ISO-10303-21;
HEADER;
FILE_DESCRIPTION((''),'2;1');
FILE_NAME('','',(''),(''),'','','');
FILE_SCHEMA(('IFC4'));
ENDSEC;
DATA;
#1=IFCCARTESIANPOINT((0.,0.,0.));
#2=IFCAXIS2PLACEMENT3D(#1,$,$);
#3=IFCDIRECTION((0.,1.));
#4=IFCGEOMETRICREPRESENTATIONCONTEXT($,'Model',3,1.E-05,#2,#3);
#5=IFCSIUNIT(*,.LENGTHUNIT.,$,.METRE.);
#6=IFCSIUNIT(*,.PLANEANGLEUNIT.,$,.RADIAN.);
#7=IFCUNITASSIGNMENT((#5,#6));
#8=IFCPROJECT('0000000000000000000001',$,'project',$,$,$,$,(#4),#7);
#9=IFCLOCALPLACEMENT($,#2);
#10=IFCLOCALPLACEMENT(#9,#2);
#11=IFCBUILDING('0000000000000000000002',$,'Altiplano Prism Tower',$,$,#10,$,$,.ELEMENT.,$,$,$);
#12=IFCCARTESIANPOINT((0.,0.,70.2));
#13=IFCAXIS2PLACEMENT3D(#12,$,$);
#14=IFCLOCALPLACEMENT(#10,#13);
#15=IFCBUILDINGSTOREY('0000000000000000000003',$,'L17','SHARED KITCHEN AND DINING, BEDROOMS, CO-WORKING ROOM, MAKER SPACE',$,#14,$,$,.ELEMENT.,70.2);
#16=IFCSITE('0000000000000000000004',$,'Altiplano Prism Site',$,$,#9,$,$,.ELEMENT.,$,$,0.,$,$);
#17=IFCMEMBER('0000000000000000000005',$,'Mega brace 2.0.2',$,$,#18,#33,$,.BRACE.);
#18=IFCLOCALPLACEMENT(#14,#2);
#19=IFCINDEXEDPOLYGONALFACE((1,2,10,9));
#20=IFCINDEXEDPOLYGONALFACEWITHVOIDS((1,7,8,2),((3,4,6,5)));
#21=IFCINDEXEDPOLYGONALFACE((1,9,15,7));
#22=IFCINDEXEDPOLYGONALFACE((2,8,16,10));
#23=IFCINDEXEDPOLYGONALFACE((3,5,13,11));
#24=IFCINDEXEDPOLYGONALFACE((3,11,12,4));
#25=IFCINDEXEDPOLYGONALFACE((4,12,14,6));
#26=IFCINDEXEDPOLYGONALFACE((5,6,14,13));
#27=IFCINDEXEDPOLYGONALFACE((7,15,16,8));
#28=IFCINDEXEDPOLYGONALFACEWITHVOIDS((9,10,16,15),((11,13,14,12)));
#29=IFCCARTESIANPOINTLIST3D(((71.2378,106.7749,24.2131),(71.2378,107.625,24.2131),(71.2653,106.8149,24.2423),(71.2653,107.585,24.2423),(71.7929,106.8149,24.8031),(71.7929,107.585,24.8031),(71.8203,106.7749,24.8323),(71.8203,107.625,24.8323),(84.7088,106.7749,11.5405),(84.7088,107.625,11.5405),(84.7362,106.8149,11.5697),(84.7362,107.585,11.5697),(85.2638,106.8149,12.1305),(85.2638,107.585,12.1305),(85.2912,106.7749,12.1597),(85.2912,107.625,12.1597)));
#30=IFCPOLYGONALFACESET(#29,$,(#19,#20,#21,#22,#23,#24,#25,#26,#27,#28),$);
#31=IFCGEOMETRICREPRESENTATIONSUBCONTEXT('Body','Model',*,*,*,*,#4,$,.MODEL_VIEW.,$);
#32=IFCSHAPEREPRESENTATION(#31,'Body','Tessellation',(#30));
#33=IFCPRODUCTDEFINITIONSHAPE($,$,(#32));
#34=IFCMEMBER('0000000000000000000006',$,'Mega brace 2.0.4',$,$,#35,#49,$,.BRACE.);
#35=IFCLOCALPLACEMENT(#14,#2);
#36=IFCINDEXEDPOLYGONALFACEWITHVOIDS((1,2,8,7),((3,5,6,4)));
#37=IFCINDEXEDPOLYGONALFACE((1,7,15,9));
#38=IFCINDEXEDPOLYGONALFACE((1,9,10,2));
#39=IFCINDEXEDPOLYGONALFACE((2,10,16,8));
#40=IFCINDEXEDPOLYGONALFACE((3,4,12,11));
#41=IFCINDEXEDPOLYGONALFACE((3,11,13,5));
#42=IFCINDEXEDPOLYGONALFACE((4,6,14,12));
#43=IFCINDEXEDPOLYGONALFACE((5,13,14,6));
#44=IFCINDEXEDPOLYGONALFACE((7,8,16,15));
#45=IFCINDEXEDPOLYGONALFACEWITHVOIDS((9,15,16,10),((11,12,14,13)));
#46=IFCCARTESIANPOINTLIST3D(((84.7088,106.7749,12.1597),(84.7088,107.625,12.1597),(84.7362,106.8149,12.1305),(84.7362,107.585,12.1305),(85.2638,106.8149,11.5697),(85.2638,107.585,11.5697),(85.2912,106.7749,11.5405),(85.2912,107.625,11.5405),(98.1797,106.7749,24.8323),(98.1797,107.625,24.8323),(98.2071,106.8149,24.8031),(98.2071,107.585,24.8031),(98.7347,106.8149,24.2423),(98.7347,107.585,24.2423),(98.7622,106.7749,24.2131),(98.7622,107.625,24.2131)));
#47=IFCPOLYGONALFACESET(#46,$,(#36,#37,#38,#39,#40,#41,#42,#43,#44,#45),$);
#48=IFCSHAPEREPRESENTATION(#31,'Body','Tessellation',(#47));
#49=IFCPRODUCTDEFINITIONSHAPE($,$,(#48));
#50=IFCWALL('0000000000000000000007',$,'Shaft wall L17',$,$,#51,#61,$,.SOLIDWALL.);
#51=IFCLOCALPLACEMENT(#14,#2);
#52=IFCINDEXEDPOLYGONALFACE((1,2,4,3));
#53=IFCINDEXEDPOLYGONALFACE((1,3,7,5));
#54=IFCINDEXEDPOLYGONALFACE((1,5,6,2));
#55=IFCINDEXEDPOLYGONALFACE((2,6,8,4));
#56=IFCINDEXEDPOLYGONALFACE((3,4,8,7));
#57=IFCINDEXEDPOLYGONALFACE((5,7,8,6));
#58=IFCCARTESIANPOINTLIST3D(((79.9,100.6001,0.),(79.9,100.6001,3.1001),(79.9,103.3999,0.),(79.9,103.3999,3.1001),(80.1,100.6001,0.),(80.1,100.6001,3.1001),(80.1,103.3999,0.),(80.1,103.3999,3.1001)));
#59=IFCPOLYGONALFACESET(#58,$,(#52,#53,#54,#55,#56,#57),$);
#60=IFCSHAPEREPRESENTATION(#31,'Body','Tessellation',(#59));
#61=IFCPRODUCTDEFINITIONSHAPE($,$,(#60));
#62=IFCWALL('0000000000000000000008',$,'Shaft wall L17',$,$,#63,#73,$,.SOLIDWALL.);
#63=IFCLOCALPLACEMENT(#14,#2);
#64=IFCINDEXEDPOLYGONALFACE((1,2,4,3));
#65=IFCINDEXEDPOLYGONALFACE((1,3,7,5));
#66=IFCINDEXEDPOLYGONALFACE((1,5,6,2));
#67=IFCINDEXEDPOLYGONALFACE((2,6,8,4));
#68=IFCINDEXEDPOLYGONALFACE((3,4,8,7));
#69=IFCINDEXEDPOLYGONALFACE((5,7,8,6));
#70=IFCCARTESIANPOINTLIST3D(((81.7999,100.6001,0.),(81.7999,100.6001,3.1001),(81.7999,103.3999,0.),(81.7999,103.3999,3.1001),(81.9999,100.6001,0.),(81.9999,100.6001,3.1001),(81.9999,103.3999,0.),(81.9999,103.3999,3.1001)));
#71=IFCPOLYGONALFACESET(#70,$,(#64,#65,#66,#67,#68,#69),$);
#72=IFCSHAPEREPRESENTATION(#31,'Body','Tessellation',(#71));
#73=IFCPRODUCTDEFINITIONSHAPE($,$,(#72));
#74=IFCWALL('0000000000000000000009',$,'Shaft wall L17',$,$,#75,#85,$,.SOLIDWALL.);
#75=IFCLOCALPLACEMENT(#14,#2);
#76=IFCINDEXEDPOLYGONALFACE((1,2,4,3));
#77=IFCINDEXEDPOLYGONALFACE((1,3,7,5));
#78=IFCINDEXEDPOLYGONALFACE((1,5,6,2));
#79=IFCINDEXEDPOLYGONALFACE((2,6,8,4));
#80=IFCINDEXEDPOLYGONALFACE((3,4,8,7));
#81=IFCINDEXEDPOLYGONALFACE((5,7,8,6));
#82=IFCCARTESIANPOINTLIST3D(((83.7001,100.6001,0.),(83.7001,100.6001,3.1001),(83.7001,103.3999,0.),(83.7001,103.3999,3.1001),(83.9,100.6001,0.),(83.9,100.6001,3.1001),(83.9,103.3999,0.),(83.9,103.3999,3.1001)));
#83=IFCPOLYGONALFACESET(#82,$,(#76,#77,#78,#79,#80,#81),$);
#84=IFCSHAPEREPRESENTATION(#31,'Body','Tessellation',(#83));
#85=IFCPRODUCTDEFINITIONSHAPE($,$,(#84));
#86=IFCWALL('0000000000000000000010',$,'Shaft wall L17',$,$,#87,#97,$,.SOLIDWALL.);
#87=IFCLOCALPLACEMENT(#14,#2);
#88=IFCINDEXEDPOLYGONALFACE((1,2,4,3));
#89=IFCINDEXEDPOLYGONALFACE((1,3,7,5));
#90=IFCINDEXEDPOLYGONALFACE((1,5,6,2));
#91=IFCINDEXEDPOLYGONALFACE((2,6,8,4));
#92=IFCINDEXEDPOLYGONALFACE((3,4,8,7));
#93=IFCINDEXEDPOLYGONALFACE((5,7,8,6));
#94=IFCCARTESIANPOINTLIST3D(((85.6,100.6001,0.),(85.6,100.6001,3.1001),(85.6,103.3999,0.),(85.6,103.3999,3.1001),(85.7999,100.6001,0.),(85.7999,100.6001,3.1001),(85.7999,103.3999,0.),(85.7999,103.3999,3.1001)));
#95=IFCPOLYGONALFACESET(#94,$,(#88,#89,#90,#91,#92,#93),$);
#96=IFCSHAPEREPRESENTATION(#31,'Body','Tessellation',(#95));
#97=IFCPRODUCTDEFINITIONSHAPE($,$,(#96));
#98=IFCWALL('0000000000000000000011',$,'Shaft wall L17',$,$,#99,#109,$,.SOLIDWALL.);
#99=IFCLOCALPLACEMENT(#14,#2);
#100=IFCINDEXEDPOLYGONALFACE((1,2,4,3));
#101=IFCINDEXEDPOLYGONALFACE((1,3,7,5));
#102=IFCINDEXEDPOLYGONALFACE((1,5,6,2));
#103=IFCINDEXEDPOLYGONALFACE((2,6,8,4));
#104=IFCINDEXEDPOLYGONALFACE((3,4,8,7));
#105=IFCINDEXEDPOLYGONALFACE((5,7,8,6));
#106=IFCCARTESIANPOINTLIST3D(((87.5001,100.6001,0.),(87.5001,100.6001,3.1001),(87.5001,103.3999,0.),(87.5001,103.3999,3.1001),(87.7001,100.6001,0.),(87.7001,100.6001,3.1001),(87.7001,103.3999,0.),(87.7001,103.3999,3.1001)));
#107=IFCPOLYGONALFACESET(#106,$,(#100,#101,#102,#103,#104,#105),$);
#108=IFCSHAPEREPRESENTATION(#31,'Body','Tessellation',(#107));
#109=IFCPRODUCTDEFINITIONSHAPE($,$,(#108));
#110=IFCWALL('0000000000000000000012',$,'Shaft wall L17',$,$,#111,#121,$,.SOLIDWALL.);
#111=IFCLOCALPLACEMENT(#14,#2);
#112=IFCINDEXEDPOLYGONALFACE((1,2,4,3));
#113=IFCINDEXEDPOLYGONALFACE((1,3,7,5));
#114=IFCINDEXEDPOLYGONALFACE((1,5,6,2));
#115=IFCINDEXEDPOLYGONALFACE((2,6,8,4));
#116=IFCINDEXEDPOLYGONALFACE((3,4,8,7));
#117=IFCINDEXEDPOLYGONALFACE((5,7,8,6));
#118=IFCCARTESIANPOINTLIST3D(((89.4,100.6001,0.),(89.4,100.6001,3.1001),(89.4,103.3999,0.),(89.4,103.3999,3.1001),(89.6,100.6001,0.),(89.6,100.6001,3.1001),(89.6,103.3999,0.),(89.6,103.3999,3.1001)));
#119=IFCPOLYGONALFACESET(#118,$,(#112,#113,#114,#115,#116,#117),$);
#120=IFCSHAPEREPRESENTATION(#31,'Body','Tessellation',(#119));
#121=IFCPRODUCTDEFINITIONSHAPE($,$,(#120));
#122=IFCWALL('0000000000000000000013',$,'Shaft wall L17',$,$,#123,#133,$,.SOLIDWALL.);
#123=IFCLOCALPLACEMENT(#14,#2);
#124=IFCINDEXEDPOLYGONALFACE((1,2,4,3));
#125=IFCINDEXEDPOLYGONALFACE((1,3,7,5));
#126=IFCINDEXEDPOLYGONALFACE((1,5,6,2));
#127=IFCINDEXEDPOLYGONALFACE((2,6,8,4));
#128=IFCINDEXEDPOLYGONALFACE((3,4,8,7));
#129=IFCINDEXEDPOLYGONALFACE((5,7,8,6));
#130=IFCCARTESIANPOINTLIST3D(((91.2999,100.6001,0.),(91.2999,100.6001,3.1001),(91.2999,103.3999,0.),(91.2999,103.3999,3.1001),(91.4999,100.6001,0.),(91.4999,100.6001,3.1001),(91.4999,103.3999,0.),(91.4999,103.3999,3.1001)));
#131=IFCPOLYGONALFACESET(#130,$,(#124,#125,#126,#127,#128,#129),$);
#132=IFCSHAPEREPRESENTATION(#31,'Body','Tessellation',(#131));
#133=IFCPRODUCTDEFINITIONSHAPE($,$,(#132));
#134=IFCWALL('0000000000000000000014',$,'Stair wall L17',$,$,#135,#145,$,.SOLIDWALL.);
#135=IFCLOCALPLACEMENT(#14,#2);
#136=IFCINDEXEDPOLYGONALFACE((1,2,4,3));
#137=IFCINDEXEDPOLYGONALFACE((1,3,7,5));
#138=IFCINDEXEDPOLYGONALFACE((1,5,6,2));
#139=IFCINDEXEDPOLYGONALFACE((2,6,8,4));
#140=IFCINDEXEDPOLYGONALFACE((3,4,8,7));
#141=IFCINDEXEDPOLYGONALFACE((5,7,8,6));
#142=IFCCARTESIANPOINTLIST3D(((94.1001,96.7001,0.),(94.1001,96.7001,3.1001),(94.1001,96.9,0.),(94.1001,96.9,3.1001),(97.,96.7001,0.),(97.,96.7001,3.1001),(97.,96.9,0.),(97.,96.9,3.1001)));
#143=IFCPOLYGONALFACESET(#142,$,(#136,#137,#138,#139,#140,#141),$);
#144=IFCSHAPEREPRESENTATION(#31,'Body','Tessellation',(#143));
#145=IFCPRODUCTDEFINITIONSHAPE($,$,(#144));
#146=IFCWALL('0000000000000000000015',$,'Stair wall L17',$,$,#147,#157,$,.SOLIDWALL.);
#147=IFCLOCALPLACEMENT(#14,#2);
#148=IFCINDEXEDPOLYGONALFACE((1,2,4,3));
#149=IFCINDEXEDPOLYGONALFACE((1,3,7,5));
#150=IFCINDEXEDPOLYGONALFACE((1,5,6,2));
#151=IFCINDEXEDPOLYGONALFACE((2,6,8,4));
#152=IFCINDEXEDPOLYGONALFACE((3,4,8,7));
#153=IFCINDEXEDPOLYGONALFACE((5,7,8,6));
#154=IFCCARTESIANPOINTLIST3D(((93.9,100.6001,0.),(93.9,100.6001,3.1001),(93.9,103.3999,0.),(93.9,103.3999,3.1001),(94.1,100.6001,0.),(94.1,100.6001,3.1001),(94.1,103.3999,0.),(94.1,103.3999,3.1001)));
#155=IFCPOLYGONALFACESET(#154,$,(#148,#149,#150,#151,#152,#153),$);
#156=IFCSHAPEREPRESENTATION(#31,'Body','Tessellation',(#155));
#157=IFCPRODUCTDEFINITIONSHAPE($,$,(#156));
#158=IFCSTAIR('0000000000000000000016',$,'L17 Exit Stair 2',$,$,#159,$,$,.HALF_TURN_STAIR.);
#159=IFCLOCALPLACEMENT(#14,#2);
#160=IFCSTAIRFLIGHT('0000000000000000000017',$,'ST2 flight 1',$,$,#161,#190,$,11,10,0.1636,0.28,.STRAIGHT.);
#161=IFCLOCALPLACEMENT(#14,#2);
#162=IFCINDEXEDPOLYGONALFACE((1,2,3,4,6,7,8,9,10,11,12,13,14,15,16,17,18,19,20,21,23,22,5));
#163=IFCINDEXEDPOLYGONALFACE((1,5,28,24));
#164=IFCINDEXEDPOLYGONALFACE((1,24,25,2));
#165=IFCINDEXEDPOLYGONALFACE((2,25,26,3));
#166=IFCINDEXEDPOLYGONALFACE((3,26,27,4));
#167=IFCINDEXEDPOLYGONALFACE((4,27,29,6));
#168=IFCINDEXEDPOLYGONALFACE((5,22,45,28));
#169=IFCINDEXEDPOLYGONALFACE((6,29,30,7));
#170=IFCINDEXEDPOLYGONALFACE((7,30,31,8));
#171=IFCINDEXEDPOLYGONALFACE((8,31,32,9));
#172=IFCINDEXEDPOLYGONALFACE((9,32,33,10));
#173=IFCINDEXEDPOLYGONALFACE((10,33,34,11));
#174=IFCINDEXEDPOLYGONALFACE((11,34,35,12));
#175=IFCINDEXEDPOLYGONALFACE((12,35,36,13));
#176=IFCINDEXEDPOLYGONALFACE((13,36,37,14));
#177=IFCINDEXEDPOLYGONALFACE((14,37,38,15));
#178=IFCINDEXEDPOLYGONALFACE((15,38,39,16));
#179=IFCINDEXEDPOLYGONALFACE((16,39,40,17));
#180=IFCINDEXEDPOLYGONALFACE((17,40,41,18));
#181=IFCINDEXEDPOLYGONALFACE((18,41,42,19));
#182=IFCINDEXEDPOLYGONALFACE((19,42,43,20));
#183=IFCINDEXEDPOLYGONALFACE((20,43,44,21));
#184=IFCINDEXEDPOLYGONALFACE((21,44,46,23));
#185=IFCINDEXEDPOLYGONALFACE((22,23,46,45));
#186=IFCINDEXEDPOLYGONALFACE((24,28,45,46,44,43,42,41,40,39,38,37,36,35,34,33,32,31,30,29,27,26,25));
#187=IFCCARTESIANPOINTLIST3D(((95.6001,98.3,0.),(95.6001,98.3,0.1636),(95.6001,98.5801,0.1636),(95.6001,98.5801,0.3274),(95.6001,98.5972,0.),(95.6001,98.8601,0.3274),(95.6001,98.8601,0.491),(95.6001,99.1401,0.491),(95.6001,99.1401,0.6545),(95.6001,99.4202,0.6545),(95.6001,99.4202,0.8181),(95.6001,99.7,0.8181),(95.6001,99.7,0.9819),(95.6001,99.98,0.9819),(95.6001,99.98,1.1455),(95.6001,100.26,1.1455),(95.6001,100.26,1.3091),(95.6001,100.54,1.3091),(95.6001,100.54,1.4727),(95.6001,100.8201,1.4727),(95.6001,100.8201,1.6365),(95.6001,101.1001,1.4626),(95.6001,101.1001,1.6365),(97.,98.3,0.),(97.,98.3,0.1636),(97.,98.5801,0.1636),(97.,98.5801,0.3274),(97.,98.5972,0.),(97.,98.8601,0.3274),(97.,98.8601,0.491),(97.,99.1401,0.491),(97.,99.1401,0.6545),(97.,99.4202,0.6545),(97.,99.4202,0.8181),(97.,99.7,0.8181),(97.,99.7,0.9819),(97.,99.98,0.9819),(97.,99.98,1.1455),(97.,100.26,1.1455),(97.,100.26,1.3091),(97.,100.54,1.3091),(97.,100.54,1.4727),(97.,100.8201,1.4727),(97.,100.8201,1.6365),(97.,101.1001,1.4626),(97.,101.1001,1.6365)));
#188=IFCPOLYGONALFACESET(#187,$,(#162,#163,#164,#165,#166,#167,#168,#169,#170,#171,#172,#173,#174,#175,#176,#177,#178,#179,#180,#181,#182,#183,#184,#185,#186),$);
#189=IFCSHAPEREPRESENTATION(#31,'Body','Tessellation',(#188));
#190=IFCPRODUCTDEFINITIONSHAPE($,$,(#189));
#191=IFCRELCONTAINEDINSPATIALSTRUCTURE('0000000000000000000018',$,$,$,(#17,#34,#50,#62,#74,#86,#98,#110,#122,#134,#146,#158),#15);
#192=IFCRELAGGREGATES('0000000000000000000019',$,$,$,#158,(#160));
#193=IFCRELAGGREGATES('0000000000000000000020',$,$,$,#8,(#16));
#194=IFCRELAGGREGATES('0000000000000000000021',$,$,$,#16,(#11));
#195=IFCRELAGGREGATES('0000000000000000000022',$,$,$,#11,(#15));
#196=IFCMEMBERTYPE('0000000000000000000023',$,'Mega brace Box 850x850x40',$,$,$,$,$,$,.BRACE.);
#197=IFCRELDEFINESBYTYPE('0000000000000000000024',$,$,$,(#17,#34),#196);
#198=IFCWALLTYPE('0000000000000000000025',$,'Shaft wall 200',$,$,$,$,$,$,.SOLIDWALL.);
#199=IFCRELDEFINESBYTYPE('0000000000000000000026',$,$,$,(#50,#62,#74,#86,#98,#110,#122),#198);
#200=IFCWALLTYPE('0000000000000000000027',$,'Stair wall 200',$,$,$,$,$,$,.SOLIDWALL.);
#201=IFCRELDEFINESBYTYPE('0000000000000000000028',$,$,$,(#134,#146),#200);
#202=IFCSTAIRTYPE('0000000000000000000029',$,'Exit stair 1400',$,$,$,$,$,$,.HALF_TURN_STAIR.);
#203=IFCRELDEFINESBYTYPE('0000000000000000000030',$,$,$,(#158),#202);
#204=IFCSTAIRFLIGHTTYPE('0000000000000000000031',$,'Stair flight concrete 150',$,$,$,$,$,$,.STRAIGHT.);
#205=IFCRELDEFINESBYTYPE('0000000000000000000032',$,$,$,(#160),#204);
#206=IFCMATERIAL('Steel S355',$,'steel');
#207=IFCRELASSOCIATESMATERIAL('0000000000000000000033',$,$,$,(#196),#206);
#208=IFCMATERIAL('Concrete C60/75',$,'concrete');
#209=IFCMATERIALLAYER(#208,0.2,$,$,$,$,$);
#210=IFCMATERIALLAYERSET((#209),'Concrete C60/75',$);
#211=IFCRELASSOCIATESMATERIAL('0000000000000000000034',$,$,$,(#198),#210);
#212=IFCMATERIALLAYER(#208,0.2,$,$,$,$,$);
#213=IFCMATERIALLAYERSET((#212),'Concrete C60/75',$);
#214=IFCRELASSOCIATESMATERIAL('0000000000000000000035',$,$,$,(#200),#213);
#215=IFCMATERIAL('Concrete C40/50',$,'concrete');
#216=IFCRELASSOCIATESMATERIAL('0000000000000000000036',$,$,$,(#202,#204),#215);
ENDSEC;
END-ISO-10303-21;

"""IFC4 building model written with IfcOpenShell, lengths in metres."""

from ifc_helpers import new_model, si_unit, direction, frame, frame_2d, origin, origin_2d, place, context, subcontext, project, spatial, polyline, rectangle, hollow_rectangle, outline, extrude, material, layer, layer_set, material_profile, profile_set, type_object, element, aggregate, save


model = new_model("IFC4")

# Units and contexts
model_context = context("Model", 3, precision=1e-05, world=origin(), true_north=direction((0.0, 1.0)))
body_context = subcontext(model_context, "Body", "Model", "MODEL_VIEW")
ifc_project = project(units=[si_unit("LENGTHUNIT", "METRE"), si_unit("PLANEANGLEUNIT", "RADIAN")], contexts=[model_context])

# Site, building, storey
site_placement = place(None, origin())
site = spatial("IfcSite", under=ifc_project, at=site_placement, Name="Altiplano Prism Site", CompositionType="ELEMENT", RefElevation=0.0)
building_placement = place(site_placement, origin())
building = spatial("IfcBuilding", under=site, at=building_placement, Name="Altiplano Prism Tower", CompositionType="ELEMENT")
storey_placement = place(building_placement, frame((0.0, 0.0, 70.2)))
storey = spatial("IfcBuildingStorey", under=building, at=storey_placement, Name="L17", Description="SHARED KITCHEN AND DINING, BEDROOMS, CO-WORKING ROOM, MAKER SPACE", CompositionType="ELEMENT", Elevation=70.2)

# Members
ifc_material_1 = material(Name="Steel S355", Category="steel")
ifc_material_profile = material_profile(ifc_material_1, hollow_rectangle(XDim=0.8501, YDim=0.8501, WallThickness=0.04, at=origin_2d()), Name="Mega brace Box 850x850x40")
ifc_profile_set = profile_set([ifc_material_profile], Name="Steel S355")
member_type = type_object("IfcMemberType", Name="Mega brace Box 850x850x40", PredefinedType="BRACE", material=ifc_profile_set)
for number, where, z_axis, x_axis, name in (
    (1, (85.0, 107.2, 11.8501), (-0.72836, 0.0, 0.685195), (0.0, -1.0, 0.0), "Mega brace 2.0.2"),
    (2, (85.0, 107.2, 11.8501), (0.72836, 0.0, 0.685195), (0.0, 1.0, 0.0), "Mega brace 2.0.4"),
):
    element("IfcMember", number, at=place(storey_placement, frame(where, z_axis=z_axis, x_axis=x_axis)), inside=storey, type_object=member_type, Name=name, PredefinedType="BRACE", context=body_context, shape_type="SweptSolid", body=[
        extrude(hollow_rectangle(XDim=0.8501, YDim=0.8501, WallThickness=0.04, at=origin_2d()), origin(), (0.0, 0.0, 1.0), 18.4949),
    ])

# Walls
ifc_material_2 = material(Name="Concrete C60/75", Category="concrete")
ifc_layer_1 = layer(ifc_material_2, 0.2)
ifc_layer_set_1 = layer_set([ifc_layer_1], Name="Concrete C60/75")
wall_type_1 = type_object("IfcWallType", Name="Shaft wall 200", PredefinedType="SOLIDWALL", material=ifc_layer_set_1)
for number, where, z_axis, x_axis, name in (
    (3, (80.0, 100.6001, 0.0), (0.0, 0.0, 1.0), (0.0, 1.0, 0.0), "Shaft wall L17"),
    (4, (81.8999, 100.6001, 0.0), (0.0, 0.0, 1.0), (0.0, 1.0, 0.0), "Shaft wall L17"),
    (5, (83.8, 100.6001, 0.0), (0.0, 0.0, 1.0), (0.0, 1.0, 0.0), "Shaft wall L17"),
    (6, (85.7, 100.6001, 0.0), (0.0, 0.0, 1.0), (0.0, 1.0, 0.0), "Shaft wall L17"),
    (7, (87.6001, 100.6001, 0.0), (0.0, 0.0, 1.0), (0.0, 1.0, 0.0), "Shaft wall L17"),
    (8, (89.5, 100.6001, 0.0), (0.0, 0.0, 1.0), (0.0, 1.0, 0.0), "Shaft wall L17"),
    (9, (91.3999, 100.6001, 0.0), (0.0, 0.0, 1.0), (0.0, 1.0, 0.0), "Shaft wall L17"),
):
    element("IfcWall", number, at=place(storey_placement, frame(where, z_axis=z_axis, x_axis=x_axis)), inside=storey, type_object=wall_type_1, Name=name, PredefinedType="SOLIDWALL", context=body_context, shape_type="SweptSolid", body=[
        extrude(rectangle(XDim=2.7998, YDim=0.2, at=frame_2d((1.3999, 0.0))), origin(), (0.0, 0.0, 1.0), 3.1001),
    ])
ifc_layer_2 = layer(ifc_material_2, 0.2)
ifc_layer_set_2 = layer_set([ifc_layer_2], Name="Concrete C60/75")
wall_type_2 = type_object("IfcWallType", Name="Stair wall 200", PredefinedType="SOLIDWALL", material=ifc_layer_set_2)
wall_1_placement = place(storey_placement, frame((94.1001, 96.8, 0.0), z_axis=(0.0, 0.0, 1.0), x_axis=(1.0, 0.0, 0.0)))
element("IfcWall", 10, at=wall_1_placement, inside=storey, type_object=wall_type_2, Name="Stair wall L17", PredefinedType="SOLIDWALL", context=body_context, shape_type="SweptSolid", body=[
    extrude(rectangle(XDim=2.8999, YDim=0.2, at=frame_2d((1.45, 0.0))), origin(), (0.0, 0.0, 1.0), 3.1001),
])
wall_2_placement = place(storey_placement, frame((94.0, 100.6001, 0.0), z_axis=(0.0, 0.0, 1.0), x_axis=(0.0, 1.0, 0.0)))
element("IfcWall", 11, at=wall_2_placement, inside=storey, type_object=wall_type_2, Name="Stair wall L17", PredefinedType="SOLIDWALL", context=body_context, shape_type="SweptSolid", body=[
    extrude(rectangle(XDim=2.7998, YDim=0.2, at=frame_2d((1.3999, 0.0))), origin(), (0.0, 0.0, 1.0), 3.1001),
])

# Stair, stair flight
ifc_material_3 = material(Name="Concrete C40/50", Category="concrete")
stair_type = type_object("IfcStairType", Name="Exit stair 1400", PredefinedType="HALF_TURN_STAIR", material=ifc_material_3)
stair_placement = place(storey_placement, origin())
stair = element("IfcStair", 12, at=stair_placement, inside=storey, type_object=stair_type, Name="L17 Exit Stair 2", PredefinedType="HALF_TURN_STAIR")
stair_flight_type = type_object("IfcStairFlightType", Name="Stair flight concrete 150", PredefinedType="STRAIGHT", material=ifc_material_3)
stair_flight_1_placement = place(storey_placement, frame((96.3, 98.3, 0.0), z_axis=(0.0, 0.0, 1.0), x_axis=(0.0, 1.0, 0.0)))
stair_flight_1 = element("IfcStairFlight", 13, at=stair_flight_1_placement, type_object=stair_flight_type, Name="ST2 flight 1", NumberOfRisers=11, NumberOfTreads=10, PredefinedType="STRAIGHT", RiserHeight=0.1636, TreadLength=0.28, context=body_context, shape_type="SweptSolid", body=[
    extrude(outline(polyline([(0.0, 0.0), (0.0, 0.1636), (0.28, 0.1636), (0.28, 0.3274), (0.5601, 0.3274), (0.5601, 0.491), (0.8401, 0.491), (0.8401, 0.6545), (1.1201, 0.6545), (1.1201, 0.8181), (1.3999, 0.8181), (1.3999, 0.9819), (1.6799, 0.9819), (1.6799, 1.1455), (1.96, 1.1455), (1.96, 1.3091), (2.24, 1.3091), (2.24, 1.4727), (2.52, 1.4727), (2.52, 1.6365), (2.8, 1.6365), (2.8, 1.8), (2.8, 1.4626), (0.2971, 0.0), (0.0, 0.0)])), frame((0.0, 0.7, 0.0), z_axis=(0.0, -1.0, 0.0), x_axis=(1.0, 0.0, 0.0)), (0.0, 0.0, 1.0), 1.3999),
])
aggregate(stair, [stair_flight_1])

save(model, "model.ifc")
